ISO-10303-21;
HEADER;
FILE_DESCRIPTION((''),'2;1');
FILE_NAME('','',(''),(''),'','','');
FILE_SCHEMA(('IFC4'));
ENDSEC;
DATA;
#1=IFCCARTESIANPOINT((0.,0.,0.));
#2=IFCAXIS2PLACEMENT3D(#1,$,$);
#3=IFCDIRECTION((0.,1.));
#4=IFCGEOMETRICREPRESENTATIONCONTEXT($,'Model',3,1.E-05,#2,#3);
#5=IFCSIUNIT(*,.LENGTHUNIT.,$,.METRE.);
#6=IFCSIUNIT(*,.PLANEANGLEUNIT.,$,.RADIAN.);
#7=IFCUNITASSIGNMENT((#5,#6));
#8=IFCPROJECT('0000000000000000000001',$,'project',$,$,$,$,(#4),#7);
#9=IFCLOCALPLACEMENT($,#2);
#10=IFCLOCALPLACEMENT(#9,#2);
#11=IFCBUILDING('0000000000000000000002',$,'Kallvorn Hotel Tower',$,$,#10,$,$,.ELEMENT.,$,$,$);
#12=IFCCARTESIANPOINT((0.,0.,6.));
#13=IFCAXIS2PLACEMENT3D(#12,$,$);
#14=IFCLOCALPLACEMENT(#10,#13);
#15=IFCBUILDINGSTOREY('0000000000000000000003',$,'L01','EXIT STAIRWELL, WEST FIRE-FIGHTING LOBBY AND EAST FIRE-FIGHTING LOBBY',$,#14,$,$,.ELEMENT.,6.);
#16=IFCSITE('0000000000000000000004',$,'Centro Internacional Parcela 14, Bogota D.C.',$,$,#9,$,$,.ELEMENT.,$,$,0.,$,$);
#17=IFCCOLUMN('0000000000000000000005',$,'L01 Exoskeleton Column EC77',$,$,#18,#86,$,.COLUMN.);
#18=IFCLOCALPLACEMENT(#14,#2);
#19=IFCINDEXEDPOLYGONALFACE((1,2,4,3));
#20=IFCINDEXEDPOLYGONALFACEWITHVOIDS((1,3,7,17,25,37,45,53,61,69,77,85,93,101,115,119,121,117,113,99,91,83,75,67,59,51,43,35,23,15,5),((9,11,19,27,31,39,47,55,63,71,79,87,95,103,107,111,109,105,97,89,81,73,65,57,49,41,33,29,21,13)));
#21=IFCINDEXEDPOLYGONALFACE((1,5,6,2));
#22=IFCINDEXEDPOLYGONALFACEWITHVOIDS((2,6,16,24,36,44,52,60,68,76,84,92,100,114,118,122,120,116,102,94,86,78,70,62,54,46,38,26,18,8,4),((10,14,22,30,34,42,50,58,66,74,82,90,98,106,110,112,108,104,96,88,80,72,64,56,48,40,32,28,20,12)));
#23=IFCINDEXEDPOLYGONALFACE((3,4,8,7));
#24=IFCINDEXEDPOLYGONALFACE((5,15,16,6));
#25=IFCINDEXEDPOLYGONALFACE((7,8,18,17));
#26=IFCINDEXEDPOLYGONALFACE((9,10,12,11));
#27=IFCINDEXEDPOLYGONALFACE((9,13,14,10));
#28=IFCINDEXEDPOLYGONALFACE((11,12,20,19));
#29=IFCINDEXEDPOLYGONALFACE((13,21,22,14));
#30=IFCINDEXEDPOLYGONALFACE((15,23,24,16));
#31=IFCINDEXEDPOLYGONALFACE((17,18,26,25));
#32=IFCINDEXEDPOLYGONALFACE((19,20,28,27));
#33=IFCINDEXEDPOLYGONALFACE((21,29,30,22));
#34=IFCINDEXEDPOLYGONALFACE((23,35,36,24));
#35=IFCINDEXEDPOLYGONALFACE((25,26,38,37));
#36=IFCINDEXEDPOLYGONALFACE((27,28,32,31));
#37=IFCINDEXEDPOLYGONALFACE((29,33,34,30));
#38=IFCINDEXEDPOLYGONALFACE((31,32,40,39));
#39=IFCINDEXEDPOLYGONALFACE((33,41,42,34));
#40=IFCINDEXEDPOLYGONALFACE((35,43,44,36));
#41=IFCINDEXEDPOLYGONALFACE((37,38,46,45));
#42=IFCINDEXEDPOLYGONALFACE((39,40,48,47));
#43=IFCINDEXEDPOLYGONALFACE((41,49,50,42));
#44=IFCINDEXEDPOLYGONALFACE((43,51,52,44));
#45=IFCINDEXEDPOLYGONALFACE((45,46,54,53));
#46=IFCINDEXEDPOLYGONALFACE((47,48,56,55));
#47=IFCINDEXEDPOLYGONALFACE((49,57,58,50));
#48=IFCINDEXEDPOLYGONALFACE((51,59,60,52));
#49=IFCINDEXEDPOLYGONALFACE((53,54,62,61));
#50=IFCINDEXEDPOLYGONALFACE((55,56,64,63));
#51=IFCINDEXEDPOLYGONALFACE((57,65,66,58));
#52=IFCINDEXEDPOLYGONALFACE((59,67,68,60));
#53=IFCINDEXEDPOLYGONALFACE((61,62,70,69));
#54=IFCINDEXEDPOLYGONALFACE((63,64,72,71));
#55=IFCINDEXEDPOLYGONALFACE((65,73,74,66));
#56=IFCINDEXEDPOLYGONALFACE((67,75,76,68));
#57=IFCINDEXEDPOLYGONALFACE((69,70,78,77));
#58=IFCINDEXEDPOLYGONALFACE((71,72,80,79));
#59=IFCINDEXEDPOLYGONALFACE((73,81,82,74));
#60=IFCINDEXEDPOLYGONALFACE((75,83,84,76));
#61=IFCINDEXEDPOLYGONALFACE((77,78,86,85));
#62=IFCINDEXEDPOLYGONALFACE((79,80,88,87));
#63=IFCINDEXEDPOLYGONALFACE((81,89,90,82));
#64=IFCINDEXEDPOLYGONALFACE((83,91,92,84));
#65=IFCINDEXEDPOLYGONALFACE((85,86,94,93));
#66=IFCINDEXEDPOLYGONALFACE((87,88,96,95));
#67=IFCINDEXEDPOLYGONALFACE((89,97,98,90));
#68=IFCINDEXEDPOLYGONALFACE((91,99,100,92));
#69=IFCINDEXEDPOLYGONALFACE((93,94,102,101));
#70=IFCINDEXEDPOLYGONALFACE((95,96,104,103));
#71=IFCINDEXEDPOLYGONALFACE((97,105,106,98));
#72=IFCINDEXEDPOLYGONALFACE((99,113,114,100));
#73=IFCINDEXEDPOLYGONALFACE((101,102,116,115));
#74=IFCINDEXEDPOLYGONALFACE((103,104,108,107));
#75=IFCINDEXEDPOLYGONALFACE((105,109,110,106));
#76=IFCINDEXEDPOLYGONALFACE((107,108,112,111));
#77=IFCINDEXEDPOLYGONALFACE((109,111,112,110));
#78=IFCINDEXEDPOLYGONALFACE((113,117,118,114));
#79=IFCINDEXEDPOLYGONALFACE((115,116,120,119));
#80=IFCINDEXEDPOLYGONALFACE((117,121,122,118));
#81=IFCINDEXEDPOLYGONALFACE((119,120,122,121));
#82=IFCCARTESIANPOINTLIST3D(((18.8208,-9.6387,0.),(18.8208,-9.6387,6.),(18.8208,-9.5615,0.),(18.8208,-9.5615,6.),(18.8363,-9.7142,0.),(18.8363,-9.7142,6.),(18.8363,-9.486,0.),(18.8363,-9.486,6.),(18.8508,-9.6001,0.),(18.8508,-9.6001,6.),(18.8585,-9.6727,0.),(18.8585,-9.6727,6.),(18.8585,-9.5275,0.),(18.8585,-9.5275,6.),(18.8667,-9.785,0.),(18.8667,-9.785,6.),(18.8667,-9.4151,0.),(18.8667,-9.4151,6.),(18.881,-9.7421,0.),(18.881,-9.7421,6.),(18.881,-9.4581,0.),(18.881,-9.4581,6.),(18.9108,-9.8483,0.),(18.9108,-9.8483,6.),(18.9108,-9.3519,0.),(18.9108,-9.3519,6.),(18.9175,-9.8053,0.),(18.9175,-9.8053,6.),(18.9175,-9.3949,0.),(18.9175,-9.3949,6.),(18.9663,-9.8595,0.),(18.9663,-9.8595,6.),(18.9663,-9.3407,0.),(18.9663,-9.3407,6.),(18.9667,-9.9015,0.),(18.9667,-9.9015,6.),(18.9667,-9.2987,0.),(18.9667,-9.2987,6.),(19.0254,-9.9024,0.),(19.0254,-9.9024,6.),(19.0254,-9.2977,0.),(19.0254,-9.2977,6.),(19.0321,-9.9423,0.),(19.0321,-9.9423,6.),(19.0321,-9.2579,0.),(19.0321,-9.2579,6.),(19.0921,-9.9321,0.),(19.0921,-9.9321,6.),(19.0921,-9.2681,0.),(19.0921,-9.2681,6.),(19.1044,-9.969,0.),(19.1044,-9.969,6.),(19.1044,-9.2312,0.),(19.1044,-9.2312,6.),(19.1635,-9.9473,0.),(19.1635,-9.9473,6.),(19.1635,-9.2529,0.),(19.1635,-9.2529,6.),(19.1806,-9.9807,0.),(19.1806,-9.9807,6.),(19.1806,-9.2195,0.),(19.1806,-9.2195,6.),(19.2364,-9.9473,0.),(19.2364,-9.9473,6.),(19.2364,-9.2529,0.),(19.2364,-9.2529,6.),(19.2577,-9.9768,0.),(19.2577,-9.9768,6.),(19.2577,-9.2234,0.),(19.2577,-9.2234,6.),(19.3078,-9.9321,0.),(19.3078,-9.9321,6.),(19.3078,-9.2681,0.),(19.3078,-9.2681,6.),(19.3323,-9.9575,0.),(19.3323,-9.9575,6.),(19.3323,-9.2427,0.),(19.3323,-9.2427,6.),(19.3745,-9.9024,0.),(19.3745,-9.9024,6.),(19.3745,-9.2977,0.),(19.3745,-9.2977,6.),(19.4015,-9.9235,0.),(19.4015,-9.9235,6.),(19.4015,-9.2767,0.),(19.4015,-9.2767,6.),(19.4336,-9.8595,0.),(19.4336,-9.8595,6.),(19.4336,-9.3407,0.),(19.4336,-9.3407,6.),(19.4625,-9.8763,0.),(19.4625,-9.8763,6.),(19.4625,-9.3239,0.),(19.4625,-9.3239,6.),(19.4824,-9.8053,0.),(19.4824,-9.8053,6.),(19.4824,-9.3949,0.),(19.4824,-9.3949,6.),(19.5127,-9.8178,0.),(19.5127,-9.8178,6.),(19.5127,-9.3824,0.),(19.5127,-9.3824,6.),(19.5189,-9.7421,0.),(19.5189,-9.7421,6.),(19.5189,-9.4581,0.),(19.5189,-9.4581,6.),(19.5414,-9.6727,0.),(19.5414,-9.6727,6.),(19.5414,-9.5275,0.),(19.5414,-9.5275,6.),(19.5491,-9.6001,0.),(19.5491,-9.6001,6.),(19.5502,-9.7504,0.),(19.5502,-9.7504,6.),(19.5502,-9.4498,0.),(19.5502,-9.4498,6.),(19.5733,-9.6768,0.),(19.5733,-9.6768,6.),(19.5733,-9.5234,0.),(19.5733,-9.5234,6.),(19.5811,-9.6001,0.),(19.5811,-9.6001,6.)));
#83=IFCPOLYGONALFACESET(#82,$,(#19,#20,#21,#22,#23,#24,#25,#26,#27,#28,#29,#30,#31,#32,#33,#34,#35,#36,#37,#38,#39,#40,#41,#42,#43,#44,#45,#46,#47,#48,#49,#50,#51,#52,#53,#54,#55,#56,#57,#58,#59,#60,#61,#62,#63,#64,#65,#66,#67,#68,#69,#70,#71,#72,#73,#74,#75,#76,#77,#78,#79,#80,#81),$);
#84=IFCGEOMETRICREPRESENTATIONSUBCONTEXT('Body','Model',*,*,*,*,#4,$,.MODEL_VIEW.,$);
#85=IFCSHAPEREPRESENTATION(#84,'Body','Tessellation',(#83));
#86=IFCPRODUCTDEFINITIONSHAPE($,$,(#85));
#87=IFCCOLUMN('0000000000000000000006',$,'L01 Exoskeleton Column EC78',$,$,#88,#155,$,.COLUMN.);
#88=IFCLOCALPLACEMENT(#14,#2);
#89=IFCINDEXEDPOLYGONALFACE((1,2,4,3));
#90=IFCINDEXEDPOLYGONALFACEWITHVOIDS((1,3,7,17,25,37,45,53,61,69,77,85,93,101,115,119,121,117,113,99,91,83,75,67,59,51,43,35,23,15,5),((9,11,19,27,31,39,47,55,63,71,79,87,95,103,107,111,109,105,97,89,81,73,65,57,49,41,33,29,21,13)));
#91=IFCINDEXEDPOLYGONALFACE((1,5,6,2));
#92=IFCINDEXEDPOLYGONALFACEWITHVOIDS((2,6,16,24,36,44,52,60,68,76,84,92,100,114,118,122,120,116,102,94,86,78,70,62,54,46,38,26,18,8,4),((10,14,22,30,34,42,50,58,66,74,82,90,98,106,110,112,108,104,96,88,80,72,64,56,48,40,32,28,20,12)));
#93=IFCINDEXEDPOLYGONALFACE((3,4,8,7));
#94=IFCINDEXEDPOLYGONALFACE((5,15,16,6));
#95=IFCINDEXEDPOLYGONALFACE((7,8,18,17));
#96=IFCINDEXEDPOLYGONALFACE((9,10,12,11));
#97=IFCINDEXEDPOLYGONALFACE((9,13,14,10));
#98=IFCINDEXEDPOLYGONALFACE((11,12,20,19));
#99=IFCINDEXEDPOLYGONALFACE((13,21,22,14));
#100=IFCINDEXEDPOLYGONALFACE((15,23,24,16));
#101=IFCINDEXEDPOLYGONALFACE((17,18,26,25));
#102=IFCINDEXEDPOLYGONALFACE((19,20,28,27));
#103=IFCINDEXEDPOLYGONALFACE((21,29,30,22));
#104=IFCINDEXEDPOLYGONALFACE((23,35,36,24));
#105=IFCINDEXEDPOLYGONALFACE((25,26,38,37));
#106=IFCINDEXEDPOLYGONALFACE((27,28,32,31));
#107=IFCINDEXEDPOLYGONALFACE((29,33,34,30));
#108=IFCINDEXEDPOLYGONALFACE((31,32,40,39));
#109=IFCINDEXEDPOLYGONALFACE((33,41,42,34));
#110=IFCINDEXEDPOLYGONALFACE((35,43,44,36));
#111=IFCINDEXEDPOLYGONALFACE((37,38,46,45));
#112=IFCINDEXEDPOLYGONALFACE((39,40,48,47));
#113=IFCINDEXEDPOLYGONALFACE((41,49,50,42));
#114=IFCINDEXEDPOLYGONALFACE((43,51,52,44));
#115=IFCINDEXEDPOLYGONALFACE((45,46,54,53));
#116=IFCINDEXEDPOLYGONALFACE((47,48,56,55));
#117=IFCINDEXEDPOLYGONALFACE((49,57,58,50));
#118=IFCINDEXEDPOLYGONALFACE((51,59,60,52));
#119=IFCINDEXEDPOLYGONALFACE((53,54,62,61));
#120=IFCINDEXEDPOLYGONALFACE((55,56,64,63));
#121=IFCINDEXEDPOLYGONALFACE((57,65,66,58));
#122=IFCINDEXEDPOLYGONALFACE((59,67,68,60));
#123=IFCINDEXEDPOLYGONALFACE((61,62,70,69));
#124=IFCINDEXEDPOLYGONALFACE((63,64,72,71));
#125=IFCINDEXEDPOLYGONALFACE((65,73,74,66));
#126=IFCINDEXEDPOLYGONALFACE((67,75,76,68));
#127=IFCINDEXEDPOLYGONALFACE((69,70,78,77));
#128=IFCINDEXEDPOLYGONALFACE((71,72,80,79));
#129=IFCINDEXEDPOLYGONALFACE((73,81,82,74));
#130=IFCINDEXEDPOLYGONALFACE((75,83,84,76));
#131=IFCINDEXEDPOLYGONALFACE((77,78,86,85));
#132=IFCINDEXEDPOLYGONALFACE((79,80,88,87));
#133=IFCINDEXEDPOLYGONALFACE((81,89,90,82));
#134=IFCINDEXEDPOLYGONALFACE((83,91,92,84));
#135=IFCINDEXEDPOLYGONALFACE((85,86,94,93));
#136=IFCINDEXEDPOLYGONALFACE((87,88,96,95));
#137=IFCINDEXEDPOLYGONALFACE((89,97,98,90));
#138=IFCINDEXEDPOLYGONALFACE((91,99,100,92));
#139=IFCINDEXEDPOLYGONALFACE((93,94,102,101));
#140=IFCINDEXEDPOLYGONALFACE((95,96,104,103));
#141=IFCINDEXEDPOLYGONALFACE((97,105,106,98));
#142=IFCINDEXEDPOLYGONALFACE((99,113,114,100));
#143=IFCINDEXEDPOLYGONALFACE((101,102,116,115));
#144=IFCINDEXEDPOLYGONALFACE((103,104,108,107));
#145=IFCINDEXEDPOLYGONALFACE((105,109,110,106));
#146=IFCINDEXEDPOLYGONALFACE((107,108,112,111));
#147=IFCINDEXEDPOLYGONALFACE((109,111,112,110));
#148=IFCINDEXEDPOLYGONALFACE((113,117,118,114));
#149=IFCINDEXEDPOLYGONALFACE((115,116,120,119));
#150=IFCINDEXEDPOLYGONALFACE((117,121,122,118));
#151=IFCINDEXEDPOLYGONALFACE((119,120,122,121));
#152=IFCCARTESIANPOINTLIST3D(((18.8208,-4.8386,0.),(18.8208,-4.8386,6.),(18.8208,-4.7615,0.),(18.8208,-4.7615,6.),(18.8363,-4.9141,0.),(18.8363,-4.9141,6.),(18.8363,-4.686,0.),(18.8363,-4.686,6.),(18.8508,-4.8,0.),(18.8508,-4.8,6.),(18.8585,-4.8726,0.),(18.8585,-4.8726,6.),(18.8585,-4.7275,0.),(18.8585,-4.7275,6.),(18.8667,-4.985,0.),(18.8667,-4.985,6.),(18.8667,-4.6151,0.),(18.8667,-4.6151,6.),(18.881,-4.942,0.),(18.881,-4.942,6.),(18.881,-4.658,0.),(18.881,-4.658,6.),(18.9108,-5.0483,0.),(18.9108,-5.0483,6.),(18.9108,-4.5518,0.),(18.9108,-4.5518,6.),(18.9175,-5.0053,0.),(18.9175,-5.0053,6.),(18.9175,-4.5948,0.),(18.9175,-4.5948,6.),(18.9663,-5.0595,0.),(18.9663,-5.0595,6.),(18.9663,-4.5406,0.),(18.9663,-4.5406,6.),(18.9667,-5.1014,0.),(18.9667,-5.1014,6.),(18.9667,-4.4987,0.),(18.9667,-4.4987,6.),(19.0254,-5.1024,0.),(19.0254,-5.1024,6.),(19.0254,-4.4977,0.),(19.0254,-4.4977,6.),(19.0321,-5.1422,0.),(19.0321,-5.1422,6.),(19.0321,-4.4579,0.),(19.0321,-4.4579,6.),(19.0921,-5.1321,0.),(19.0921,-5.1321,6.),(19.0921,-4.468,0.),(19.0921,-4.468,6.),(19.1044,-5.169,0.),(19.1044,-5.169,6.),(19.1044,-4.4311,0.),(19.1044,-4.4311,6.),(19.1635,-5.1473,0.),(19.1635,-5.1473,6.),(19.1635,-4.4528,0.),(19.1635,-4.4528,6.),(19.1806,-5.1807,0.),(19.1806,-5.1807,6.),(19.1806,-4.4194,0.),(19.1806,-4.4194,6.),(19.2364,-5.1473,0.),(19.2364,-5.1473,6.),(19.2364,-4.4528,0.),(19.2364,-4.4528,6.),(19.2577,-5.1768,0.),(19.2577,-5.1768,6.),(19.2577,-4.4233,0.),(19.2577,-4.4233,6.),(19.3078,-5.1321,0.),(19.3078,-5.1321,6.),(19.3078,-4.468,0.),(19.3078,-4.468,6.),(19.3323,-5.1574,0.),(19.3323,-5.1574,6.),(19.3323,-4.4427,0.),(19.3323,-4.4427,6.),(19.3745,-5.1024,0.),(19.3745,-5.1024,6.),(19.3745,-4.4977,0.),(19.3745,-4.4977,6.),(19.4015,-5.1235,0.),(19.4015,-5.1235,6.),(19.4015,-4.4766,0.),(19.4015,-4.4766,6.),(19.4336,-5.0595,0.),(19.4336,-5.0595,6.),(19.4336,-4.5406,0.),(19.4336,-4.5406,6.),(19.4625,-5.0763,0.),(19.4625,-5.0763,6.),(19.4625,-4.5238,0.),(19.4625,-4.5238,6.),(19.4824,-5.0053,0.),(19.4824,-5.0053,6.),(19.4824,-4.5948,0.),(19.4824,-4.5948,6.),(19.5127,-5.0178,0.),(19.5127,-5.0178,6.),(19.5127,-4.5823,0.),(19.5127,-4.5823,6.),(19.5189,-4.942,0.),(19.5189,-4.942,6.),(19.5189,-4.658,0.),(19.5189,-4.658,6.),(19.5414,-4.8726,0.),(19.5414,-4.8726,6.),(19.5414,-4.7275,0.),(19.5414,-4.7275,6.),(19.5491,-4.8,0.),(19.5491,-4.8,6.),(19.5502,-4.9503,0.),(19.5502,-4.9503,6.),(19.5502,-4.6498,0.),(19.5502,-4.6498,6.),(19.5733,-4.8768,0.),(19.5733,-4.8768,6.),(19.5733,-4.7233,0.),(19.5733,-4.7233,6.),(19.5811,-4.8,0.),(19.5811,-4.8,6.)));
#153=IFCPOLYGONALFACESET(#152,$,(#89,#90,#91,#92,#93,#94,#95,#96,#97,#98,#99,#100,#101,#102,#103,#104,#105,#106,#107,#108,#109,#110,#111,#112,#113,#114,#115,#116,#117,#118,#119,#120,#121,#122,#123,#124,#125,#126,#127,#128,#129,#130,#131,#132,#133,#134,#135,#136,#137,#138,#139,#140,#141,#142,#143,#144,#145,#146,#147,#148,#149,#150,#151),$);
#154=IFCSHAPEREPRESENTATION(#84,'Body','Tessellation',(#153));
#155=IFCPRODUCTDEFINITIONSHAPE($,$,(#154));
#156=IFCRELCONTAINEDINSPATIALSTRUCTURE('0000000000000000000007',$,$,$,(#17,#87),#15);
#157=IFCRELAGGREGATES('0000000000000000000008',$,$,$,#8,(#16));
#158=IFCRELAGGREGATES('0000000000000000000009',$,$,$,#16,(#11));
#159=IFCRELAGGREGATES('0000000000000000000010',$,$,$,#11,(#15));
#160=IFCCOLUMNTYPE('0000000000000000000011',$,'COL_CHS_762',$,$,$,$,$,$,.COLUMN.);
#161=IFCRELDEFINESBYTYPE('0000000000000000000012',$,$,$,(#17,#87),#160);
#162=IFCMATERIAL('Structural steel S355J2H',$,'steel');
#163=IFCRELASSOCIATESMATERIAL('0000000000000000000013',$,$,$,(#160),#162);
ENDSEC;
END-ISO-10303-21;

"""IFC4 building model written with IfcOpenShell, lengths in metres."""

from ifc_helpers import new_model, si_unit, direction, frame, origin, origin_2d, place, context, subcontext, project, spatial, hollow_circle, extrude, material, material_profile, profile_set, type_object, element, save


model = new_model("IFC4")

# Units and contexts
model_context = context("Model", 3, precision=1e-05, world=origin(), true_north=direction((0.0, 1.0)))
body_context = subcontext(model_context, "Body", "Model", "MODEL_VIEW")
ifc_project = project(units=[si_unit("LENGTHUNIT", "METRE"), si_unit("PLANEANGLEUNIT", "RADIAN")], contexts=[model_context])

# Site, building, storey
site_placement = place(None, origin())
site = spatial("IfcSite", under=ifc_project, at=site_placement, Name="Centro Internacional Parcela 14, Bogota D.C.", CompositionType="ELEMENT", RefElevation=0.0)
building_placement = place(site_placement, origin())
building = spatial("IfcBuilding", under=site, at=building_placement, Name="Kallvorn Hotel Tower", CompositionType="ELEMENT")
storey_placement = place(building_placement, frame((0.0, 0.0, 6.0)))
storey = spatial("IfcBuildingStorey", under=building, at=storey_placement, Name="L01", Description="EXIT STAIRWELL, WEST FIRE-FIGHTING LOBBY AND EAST FIRE-FIGHTING LOBBY", CompositionType="ELEMENT", Elevation=6.0)

# Columns
ifc_material_1 = material(Name="Structural steel S355J2H", Category="steel")
ifc_material_profile_1 = material_profile(ifc_material_1, hollow_circle(Radius=0.3811, WallThickness=0.032, at=origin_2d()), Name="CHS 762x32")
ifc_profile_set_1 = profile_set([ifc_material_profile_1], Name="Structural steel S355J2H")
column_type_1 = type_object("IfcColumnType", Name="COL_CHS_762", PredefinedType="COLUMN", material=ifc_profile_set_1)
for number, where, z_axis, x_axis, name in (
    (1, (19.2, -9.6001, 0.0), (0.0, 0.0, 1.0), (1.0, 0.0, 0.0), "L01 Exoskeleton Column EC77"),
    (2, (19.2, -4.8, 0.0), (0.0, 0.0, 1.0), (1.0, 0.0, 0.0), "L01 Exoskeleton Column EC78"),
):
    element("IfcColumn", number, at=place(storey_placement, frame(where, z_axis=z_axis, x_axis=x_axis)), inside=storey, type_object=column_type_1, Name=name, PredefinedType="COLUMN", context=body_context, shape_type="SweptSolid", body=[
        extrude(hollow_circle(Radius=0.3811, WallThickness=0.032, at=origin_2d()), origin(), (0.0, 0.0, 1.0), 6.0),
    ])

save(model, "model.ifc")
